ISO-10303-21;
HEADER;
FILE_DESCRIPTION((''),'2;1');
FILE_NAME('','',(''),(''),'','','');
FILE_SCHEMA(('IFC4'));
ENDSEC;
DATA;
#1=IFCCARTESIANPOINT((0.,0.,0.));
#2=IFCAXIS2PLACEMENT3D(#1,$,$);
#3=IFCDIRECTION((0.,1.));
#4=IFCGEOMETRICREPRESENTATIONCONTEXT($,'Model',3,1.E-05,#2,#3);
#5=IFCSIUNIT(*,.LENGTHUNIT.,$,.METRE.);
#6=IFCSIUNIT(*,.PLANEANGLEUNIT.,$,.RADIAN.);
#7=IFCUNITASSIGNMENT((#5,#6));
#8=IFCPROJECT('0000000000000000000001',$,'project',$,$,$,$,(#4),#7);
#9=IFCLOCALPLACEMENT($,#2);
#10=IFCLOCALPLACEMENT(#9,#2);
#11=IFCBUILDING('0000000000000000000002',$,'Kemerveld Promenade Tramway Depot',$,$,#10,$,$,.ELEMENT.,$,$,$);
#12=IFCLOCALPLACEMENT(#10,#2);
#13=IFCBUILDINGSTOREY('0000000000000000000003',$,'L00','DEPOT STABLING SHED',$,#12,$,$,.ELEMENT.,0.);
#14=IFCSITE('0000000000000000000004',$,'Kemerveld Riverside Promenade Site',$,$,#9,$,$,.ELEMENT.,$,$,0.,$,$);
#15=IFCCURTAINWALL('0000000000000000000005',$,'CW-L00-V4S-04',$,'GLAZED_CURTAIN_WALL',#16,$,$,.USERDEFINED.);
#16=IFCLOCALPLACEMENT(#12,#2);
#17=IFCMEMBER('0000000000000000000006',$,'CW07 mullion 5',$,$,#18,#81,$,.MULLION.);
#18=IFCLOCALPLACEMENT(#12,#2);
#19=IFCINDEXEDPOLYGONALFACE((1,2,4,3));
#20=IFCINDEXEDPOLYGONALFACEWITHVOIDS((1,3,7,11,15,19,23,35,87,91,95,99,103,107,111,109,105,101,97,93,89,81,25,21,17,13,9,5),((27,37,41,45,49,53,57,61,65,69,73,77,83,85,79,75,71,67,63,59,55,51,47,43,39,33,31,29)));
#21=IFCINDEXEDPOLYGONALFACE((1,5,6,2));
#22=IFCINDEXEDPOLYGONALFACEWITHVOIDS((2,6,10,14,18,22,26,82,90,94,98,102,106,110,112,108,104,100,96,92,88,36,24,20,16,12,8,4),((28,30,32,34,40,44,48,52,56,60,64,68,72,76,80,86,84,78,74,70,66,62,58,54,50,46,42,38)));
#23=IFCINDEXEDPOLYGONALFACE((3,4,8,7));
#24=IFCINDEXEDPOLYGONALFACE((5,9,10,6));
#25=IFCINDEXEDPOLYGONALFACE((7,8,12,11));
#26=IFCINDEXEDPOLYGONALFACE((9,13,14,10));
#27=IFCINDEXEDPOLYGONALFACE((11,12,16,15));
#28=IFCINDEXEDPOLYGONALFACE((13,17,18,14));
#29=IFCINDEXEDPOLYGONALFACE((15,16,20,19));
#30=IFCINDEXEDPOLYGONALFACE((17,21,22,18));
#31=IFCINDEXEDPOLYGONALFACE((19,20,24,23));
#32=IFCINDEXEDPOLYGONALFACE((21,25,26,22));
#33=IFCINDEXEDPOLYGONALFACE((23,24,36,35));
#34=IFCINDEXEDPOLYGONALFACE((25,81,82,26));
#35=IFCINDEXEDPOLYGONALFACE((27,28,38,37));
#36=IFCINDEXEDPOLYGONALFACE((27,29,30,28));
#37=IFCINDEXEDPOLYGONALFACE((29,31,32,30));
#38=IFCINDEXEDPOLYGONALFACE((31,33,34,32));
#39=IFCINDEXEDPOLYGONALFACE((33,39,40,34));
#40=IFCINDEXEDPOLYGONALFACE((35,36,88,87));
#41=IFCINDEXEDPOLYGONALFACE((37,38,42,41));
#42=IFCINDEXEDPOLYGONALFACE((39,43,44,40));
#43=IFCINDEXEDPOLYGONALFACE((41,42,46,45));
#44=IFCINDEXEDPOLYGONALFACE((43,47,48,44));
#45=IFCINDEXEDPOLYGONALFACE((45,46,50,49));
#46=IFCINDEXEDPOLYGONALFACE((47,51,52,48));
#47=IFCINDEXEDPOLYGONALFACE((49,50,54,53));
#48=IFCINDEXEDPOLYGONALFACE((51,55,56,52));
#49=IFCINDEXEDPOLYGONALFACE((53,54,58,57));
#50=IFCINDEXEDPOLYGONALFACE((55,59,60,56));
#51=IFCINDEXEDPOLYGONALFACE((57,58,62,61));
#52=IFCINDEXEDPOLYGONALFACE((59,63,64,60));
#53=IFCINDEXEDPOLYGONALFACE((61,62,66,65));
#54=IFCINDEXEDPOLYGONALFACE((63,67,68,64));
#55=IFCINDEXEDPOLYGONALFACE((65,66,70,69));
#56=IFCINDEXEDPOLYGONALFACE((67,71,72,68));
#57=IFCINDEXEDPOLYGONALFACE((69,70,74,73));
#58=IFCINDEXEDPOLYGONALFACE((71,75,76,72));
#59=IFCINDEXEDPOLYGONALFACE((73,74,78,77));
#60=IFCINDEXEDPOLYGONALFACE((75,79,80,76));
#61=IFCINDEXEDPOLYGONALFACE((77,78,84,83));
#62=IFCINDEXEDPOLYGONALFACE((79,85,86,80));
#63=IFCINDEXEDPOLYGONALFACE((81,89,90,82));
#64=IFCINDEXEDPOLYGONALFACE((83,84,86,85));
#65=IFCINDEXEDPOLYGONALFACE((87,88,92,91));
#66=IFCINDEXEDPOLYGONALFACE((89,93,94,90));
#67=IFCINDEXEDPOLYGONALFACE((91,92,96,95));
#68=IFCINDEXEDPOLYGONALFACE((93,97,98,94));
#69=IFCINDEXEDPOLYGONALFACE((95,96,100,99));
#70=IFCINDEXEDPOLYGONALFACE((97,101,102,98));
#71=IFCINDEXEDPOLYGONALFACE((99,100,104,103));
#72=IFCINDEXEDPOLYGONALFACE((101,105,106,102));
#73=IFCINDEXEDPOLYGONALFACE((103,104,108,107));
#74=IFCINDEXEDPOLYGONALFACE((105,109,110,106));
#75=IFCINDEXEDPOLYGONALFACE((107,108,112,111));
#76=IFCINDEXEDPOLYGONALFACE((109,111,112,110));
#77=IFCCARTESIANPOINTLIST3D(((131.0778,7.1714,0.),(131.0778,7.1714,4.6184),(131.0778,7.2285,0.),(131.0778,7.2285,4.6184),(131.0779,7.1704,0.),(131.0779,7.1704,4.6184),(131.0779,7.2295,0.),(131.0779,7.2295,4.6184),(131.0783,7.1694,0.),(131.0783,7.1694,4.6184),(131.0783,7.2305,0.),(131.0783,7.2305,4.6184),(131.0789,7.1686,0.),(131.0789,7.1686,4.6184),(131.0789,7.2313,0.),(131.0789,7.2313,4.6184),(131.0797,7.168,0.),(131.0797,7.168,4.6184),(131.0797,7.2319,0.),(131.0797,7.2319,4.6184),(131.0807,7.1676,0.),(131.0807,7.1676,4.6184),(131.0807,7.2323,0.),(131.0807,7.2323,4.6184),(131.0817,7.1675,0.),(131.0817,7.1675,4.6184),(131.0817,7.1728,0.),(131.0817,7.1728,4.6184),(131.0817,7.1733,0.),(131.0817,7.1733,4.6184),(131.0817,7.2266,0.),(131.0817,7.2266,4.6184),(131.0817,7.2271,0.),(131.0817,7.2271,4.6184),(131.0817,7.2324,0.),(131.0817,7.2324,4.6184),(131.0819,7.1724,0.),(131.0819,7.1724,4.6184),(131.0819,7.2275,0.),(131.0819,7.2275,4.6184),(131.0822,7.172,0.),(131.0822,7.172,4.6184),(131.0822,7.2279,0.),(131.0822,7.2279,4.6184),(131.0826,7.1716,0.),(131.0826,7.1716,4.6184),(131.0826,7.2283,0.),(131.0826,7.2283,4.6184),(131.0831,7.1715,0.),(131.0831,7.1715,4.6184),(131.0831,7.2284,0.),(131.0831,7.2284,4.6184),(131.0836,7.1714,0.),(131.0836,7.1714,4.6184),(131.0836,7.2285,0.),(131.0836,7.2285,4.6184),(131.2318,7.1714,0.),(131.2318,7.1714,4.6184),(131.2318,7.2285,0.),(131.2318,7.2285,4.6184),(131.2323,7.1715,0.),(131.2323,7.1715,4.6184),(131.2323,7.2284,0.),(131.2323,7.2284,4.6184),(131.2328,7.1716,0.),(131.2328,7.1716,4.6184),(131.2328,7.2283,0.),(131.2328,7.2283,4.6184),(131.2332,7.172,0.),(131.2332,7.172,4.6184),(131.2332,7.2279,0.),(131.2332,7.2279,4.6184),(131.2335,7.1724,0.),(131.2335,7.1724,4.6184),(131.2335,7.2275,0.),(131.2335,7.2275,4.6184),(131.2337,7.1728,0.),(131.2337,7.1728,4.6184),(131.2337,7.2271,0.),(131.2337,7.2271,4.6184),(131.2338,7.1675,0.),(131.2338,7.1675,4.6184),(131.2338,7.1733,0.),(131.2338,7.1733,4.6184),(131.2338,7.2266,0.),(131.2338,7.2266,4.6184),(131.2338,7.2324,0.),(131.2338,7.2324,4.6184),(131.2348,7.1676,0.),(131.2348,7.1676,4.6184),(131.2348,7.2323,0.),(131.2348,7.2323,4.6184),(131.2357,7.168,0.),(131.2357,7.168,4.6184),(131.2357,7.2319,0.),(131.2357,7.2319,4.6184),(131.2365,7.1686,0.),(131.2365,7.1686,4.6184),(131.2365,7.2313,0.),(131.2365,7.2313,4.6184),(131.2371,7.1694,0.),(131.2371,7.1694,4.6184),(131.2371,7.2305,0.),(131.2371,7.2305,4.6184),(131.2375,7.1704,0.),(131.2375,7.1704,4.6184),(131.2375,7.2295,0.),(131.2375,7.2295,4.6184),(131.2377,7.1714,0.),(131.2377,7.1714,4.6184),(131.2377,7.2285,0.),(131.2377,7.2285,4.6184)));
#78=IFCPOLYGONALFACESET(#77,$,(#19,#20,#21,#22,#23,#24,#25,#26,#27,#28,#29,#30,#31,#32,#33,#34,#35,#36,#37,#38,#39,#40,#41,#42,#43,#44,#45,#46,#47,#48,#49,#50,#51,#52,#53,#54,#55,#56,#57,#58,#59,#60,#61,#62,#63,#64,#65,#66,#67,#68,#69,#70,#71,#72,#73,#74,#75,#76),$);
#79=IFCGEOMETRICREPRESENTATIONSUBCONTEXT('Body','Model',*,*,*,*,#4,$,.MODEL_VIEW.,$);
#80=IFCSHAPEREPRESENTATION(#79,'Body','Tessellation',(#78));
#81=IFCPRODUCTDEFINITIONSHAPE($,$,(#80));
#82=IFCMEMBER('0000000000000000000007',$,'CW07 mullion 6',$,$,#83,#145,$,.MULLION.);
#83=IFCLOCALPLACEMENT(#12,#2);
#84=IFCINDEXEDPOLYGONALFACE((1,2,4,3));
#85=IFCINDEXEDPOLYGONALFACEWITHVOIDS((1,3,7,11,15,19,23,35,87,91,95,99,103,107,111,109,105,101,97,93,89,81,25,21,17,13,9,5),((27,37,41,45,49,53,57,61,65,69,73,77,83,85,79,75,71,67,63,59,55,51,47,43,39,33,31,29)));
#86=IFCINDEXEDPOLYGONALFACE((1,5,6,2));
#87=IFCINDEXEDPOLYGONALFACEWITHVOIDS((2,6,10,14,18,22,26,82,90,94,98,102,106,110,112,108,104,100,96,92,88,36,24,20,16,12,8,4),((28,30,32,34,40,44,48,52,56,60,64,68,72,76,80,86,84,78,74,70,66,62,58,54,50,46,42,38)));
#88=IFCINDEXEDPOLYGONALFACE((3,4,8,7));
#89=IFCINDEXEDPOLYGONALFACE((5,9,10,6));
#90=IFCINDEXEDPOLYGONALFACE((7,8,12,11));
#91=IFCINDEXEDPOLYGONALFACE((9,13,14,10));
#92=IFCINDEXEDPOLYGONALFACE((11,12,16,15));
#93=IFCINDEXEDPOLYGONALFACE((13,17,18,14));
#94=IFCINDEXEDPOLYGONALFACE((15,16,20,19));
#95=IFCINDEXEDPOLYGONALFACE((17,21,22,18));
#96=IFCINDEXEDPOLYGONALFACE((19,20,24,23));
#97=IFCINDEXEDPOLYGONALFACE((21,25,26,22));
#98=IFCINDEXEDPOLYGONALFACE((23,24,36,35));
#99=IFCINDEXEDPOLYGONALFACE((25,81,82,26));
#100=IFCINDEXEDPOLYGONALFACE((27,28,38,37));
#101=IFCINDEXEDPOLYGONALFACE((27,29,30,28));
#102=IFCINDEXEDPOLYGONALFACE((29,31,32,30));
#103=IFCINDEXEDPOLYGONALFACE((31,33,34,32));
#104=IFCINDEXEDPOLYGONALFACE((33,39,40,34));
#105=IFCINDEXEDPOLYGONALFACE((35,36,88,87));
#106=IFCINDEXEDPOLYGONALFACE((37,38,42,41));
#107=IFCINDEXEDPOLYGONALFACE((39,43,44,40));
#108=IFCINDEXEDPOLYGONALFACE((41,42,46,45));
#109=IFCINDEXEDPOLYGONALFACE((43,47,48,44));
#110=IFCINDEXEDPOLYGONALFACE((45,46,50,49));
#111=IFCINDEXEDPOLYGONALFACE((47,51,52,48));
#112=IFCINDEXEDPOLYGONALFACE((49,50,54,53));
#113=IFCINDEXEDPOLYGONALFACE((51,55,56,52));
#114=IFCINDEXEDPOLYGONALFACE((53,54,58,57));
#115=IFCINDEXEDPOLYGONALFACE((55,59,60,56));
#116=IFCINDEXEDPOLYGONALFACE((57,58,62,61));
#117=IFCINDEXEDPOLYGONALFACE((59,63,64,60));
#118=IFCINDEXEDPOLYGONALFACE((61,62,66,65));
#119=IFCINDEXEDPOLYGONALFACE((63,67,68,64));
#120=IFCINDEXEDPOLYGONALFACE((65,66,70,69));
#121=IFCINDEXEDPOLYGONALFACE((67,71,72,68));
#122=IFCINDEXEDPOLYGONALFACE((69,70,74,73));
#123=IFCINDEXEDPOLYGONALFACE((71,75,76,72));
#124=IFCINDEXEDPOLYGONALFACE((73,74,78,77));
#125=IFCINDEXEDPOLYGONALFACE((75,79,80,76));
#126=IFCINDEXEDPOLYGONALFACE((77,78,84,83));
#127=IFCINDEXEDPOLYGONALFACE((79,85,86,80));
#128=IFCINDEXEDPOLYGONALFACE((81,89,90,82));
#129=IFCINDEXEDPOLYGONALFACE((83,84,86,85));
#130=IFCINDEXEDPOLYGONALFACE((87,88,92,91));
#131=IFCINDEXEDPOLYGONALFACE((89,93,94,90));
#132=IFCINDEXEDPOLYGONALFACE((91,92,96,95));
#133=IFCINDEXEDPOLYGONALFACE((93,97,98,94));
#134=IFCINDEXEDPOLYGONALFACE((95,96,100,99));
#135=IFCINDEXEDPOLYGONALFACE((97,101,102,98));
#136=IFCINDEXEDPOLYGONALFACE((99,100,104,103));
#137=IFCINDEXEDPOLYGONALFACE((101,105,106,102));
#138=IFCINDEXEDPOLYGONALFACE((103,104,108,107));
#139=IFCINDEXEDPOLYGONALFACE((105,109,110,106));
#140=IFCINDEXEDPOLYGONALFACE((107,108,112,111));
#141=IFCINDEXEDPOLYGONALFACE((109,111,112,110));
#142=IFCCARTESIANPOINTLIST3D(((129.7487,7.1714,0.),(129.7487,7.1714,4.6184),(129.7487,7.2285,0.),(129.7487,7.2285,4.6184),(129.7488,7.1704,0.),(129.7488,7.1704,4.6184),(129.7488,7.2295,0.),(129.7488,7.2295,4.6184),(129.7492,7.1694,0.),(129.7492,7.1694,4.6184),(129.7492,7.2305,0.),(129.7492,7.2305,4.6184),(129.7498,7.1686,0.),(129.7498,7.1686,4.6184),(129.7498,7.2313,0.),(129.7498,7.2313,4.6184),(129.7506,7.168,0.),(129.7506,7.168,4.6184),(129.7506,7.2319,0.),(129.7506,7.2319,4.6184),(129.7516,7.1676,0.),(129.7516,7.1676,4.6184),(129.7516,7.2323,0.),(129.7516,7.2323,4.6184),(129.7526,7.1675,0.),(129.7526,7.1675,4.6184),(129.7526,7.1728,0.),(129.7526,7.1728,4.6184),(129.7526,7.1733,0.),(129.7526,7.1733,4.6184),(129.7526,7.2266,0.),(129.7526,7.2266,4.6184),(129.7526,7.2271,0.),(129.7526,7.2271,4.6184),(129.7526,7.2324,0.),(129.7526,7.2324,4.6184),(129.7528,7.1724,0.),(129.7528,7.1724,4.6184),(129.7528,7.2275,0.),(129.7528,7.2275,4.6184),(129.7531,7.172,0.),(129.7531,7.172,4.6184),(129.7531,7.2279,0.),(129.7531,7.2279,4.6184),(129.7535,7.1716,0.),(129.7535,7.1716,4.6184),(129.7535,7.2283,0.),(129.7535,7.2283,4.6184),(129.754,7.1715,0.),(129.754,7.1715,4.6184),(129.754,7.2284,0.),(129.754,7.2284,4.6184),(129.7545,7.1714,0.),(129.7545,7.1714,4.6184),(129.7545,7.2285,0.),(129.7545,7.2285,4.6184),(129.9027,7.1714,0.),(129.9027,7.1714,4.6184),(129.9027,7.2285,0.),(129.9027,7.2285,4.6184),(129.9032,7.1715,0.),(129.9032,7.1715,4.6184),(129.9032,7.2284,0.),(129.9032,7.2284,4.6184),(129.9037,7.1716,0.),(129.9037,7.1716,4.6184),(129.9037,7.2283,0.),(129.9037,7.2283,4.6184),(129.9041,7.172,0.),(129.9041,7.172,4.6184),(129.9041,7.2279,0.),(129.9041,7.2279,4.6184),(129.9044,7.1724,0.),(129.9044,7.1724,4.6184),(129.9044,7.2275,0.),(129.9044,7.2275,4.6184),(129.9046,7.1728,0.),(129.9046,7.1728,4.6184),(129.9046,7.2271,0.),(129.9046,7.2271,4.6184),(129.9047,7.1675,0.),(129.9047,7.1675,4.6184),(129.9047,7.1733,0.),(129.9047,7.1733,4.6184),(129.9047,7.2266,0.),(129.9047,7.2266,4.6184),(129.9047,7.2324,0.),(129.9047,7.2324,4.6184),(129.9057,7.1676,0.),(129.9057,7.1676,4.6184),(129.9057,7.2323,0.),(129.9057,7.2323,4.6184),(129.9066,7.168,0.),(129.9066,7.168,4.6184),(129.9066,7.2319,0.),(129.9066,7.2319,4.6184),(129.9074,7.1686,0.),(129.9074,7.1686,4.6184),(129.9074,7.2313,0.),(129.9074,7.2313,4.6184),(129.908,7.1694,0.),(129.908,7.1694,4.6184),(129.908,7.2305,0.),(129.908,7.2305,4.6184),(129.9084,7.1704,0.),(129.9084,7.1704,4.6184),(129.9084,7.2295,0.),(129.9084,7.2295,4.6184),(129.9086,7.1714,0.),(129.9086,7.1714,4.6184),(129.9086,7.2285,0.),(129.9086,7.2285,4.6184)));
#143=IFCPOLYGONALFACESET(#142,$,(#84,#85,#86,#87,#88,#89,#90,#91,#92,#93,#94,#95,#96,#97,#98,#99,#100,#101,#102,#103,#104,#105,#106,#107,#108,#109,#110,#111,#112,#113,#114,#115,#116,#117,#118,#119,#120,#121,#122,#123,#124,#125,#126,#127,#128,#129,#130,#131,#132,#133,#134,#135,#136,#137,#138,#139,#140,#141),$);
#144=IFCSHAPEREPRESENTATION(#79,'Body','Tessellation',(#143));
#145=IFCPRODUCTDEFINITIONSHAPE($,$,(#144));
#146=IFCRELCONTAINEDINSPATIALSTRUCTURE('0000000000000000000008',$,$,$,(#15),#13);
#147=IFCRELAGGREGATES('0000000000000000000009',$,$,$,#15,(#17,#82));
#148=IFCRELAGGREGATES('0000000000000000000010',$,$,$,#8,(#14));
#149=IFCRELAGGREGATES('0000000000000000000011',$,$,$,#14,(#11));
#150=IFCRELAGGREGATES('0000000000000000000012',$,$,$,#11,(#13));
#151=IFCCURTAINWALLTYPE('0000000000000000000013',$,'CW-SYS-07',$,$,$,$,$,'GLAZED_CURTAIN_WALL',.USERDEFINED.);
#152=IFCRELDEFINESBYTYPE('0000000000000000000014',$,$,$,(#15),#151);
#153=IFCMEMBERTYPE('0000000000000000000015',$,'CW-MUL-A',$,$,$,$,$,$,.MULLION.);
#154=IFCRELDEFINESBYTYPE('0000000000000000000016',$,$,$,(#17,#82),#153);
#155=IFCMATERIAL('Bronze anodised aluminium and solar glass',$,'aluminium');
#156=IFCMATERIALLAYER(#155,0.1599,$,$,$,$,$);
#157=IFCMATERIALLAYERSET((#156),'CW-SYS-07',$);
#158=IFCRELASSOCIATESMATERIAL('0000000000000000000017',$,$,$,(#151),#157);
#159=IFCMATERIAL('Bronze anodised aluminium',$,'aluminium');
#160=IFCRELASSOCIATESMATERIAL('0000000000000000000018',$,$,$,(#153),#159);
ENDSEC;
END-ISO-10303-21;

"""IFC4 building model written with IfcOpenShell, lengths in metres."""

from ifc_helpers import new_model, si_unit, direction, frame, origin, origin_2d, place, context, subcontext, project, spatial, hollow_rectangle, extrude, material, layer, layer_set, material_profile, profile_set, type_object, element, aggregate, save


model = new_model("IFC4")

# Units and contexts
model_context = context("Model", 3, precision=1e-05, world=origin(), true_north=direction((0.0, 1.0)))
body_context = subcontext(model_context, "Body", "Model", "MODEL_VIEW")
ifc_project = project(units=[si_unit("LENGTHUNIT", "METRE"), si_unit("PLANEANGLEUNIT", "RADIAN")], contexts=[model_context])

# Site, building, storey
site_placement = place(None, origin())
site = spatial("IfcSite", under=ifc_project, at=site_placement, Name="Kemerveld Riverside Promenade Site", CompositionType="ELEMENT", RefElevation=0.0)
building_placement = place(site_placement, origin())
building = spatial("IfcBuilding", under=site, at=building_placement, Name="Kemerveld Promenade Tramway Depot", CompositionType="ELEMENT")
storey_placement = place(building_placement, origin())
storey = spatial("IfcBuildingStorey", under=building, at=storey_placement, Name="L00", Description="DEPOT STABLING SHED", CompositionType="ELEMENT", Elevation=0.0)

# Curtain wall, members
ifc_material_1 = material(Name="Bronze anodised aluminium and solar glass", Category="aluminium")
ifc_layer_1 = layer(ifc_material_1, 0.1599)
ifc_layer_set_1 = layer_set([ifc_layer_1], Name="CW-SYS-07")
curtain_wall_type = type_object("IfcCurtainWallType", Name="CW-SYS-07", ElementType="GLAZED_CURTAIN_WALL", PredefinedType="USERDEFINED", material=ifc_layer_set_1)
curtain_wall_placement = place(storey_placement, origin())
curtain_wall = element("IfcCurtainWall", 1, at=curtain_wall_placement, inside=storey, type_object=curtain_wall_type, Name="CW-L00-V4S-04", ObjectType="GLAZED_CURTAIN_WALL", PredefinedType="USERDEFINED")
ifc_material_2 = material(Name="Bronze anodised aluminium", Category="aluminium")
ifc_material_profile_1 = material_profile(ifc_material_2, hollow_rectangle(XDim=0.0649, YDim=0.1599, WallThickness=0.0039, InnerFilletRadius=0.002, OuterFilletRadius=0.0039, at=origin_2d()), Name="CW-MUL-160x65")
ifc_profile_set_1 = profile_set([ifc_material_profile_1], Name="Bronze anodised aluminium")
member_type_1 = type_object("IfcMemberType", Name="CW-MUL-A", PredefinedType="MULLION", material=ifc_profile_set_1)
member_1_placement = place(storey_placement, frame((131.1577, 7.2, 0.0), z_axis=(0.0, 0.0, 1.0), x_axis=(0.0, -1.0, 0.0)))
member_1 = element("IfcMember", 2, at=member_1_placement, type_object=member_type_1, Name="CW07 mullion 5", PredefinedType="MULLION", context=body_context, shape_type="SweptSolid", body=[
    extrude(hollow_rectangle(XDim=0.0649, YDim=0.1599, WallThickness=0.0039, InnerFilletRadius=0.002, OuterFilletRadius=0.0039, at=origin_2d()), origin(), (0.0, 0.0, 1.0), 4.6184),
])
member_2_placement = place(storey_placement, frame((129.8286, 7.2, 0.0), z_axis=(0.0, 0.0, 1.0), x_axis=(0.0, -1.0, 0.0)))
member_2 = element("IfcMember", 3, at=member_2_placement, type_object=member_type_1, Name="CW07 mullion 6", PredefinedType="MULLION", context=body_context, shape_type="SweptSolid", body=[
    extrude(hollow_rectangle(XDim=0.0649, YDim=0.1599, WallThickness=0.0039, InnerFilletRadius=0.002, OuterFilletRadius=0.0039, at=origin_2d()), origin(), (0.0, 0.0, 1.0), 4.6184),
])
aggregate(curtain_wall, [member_1, member_2])

save(model, "model.ifc")
